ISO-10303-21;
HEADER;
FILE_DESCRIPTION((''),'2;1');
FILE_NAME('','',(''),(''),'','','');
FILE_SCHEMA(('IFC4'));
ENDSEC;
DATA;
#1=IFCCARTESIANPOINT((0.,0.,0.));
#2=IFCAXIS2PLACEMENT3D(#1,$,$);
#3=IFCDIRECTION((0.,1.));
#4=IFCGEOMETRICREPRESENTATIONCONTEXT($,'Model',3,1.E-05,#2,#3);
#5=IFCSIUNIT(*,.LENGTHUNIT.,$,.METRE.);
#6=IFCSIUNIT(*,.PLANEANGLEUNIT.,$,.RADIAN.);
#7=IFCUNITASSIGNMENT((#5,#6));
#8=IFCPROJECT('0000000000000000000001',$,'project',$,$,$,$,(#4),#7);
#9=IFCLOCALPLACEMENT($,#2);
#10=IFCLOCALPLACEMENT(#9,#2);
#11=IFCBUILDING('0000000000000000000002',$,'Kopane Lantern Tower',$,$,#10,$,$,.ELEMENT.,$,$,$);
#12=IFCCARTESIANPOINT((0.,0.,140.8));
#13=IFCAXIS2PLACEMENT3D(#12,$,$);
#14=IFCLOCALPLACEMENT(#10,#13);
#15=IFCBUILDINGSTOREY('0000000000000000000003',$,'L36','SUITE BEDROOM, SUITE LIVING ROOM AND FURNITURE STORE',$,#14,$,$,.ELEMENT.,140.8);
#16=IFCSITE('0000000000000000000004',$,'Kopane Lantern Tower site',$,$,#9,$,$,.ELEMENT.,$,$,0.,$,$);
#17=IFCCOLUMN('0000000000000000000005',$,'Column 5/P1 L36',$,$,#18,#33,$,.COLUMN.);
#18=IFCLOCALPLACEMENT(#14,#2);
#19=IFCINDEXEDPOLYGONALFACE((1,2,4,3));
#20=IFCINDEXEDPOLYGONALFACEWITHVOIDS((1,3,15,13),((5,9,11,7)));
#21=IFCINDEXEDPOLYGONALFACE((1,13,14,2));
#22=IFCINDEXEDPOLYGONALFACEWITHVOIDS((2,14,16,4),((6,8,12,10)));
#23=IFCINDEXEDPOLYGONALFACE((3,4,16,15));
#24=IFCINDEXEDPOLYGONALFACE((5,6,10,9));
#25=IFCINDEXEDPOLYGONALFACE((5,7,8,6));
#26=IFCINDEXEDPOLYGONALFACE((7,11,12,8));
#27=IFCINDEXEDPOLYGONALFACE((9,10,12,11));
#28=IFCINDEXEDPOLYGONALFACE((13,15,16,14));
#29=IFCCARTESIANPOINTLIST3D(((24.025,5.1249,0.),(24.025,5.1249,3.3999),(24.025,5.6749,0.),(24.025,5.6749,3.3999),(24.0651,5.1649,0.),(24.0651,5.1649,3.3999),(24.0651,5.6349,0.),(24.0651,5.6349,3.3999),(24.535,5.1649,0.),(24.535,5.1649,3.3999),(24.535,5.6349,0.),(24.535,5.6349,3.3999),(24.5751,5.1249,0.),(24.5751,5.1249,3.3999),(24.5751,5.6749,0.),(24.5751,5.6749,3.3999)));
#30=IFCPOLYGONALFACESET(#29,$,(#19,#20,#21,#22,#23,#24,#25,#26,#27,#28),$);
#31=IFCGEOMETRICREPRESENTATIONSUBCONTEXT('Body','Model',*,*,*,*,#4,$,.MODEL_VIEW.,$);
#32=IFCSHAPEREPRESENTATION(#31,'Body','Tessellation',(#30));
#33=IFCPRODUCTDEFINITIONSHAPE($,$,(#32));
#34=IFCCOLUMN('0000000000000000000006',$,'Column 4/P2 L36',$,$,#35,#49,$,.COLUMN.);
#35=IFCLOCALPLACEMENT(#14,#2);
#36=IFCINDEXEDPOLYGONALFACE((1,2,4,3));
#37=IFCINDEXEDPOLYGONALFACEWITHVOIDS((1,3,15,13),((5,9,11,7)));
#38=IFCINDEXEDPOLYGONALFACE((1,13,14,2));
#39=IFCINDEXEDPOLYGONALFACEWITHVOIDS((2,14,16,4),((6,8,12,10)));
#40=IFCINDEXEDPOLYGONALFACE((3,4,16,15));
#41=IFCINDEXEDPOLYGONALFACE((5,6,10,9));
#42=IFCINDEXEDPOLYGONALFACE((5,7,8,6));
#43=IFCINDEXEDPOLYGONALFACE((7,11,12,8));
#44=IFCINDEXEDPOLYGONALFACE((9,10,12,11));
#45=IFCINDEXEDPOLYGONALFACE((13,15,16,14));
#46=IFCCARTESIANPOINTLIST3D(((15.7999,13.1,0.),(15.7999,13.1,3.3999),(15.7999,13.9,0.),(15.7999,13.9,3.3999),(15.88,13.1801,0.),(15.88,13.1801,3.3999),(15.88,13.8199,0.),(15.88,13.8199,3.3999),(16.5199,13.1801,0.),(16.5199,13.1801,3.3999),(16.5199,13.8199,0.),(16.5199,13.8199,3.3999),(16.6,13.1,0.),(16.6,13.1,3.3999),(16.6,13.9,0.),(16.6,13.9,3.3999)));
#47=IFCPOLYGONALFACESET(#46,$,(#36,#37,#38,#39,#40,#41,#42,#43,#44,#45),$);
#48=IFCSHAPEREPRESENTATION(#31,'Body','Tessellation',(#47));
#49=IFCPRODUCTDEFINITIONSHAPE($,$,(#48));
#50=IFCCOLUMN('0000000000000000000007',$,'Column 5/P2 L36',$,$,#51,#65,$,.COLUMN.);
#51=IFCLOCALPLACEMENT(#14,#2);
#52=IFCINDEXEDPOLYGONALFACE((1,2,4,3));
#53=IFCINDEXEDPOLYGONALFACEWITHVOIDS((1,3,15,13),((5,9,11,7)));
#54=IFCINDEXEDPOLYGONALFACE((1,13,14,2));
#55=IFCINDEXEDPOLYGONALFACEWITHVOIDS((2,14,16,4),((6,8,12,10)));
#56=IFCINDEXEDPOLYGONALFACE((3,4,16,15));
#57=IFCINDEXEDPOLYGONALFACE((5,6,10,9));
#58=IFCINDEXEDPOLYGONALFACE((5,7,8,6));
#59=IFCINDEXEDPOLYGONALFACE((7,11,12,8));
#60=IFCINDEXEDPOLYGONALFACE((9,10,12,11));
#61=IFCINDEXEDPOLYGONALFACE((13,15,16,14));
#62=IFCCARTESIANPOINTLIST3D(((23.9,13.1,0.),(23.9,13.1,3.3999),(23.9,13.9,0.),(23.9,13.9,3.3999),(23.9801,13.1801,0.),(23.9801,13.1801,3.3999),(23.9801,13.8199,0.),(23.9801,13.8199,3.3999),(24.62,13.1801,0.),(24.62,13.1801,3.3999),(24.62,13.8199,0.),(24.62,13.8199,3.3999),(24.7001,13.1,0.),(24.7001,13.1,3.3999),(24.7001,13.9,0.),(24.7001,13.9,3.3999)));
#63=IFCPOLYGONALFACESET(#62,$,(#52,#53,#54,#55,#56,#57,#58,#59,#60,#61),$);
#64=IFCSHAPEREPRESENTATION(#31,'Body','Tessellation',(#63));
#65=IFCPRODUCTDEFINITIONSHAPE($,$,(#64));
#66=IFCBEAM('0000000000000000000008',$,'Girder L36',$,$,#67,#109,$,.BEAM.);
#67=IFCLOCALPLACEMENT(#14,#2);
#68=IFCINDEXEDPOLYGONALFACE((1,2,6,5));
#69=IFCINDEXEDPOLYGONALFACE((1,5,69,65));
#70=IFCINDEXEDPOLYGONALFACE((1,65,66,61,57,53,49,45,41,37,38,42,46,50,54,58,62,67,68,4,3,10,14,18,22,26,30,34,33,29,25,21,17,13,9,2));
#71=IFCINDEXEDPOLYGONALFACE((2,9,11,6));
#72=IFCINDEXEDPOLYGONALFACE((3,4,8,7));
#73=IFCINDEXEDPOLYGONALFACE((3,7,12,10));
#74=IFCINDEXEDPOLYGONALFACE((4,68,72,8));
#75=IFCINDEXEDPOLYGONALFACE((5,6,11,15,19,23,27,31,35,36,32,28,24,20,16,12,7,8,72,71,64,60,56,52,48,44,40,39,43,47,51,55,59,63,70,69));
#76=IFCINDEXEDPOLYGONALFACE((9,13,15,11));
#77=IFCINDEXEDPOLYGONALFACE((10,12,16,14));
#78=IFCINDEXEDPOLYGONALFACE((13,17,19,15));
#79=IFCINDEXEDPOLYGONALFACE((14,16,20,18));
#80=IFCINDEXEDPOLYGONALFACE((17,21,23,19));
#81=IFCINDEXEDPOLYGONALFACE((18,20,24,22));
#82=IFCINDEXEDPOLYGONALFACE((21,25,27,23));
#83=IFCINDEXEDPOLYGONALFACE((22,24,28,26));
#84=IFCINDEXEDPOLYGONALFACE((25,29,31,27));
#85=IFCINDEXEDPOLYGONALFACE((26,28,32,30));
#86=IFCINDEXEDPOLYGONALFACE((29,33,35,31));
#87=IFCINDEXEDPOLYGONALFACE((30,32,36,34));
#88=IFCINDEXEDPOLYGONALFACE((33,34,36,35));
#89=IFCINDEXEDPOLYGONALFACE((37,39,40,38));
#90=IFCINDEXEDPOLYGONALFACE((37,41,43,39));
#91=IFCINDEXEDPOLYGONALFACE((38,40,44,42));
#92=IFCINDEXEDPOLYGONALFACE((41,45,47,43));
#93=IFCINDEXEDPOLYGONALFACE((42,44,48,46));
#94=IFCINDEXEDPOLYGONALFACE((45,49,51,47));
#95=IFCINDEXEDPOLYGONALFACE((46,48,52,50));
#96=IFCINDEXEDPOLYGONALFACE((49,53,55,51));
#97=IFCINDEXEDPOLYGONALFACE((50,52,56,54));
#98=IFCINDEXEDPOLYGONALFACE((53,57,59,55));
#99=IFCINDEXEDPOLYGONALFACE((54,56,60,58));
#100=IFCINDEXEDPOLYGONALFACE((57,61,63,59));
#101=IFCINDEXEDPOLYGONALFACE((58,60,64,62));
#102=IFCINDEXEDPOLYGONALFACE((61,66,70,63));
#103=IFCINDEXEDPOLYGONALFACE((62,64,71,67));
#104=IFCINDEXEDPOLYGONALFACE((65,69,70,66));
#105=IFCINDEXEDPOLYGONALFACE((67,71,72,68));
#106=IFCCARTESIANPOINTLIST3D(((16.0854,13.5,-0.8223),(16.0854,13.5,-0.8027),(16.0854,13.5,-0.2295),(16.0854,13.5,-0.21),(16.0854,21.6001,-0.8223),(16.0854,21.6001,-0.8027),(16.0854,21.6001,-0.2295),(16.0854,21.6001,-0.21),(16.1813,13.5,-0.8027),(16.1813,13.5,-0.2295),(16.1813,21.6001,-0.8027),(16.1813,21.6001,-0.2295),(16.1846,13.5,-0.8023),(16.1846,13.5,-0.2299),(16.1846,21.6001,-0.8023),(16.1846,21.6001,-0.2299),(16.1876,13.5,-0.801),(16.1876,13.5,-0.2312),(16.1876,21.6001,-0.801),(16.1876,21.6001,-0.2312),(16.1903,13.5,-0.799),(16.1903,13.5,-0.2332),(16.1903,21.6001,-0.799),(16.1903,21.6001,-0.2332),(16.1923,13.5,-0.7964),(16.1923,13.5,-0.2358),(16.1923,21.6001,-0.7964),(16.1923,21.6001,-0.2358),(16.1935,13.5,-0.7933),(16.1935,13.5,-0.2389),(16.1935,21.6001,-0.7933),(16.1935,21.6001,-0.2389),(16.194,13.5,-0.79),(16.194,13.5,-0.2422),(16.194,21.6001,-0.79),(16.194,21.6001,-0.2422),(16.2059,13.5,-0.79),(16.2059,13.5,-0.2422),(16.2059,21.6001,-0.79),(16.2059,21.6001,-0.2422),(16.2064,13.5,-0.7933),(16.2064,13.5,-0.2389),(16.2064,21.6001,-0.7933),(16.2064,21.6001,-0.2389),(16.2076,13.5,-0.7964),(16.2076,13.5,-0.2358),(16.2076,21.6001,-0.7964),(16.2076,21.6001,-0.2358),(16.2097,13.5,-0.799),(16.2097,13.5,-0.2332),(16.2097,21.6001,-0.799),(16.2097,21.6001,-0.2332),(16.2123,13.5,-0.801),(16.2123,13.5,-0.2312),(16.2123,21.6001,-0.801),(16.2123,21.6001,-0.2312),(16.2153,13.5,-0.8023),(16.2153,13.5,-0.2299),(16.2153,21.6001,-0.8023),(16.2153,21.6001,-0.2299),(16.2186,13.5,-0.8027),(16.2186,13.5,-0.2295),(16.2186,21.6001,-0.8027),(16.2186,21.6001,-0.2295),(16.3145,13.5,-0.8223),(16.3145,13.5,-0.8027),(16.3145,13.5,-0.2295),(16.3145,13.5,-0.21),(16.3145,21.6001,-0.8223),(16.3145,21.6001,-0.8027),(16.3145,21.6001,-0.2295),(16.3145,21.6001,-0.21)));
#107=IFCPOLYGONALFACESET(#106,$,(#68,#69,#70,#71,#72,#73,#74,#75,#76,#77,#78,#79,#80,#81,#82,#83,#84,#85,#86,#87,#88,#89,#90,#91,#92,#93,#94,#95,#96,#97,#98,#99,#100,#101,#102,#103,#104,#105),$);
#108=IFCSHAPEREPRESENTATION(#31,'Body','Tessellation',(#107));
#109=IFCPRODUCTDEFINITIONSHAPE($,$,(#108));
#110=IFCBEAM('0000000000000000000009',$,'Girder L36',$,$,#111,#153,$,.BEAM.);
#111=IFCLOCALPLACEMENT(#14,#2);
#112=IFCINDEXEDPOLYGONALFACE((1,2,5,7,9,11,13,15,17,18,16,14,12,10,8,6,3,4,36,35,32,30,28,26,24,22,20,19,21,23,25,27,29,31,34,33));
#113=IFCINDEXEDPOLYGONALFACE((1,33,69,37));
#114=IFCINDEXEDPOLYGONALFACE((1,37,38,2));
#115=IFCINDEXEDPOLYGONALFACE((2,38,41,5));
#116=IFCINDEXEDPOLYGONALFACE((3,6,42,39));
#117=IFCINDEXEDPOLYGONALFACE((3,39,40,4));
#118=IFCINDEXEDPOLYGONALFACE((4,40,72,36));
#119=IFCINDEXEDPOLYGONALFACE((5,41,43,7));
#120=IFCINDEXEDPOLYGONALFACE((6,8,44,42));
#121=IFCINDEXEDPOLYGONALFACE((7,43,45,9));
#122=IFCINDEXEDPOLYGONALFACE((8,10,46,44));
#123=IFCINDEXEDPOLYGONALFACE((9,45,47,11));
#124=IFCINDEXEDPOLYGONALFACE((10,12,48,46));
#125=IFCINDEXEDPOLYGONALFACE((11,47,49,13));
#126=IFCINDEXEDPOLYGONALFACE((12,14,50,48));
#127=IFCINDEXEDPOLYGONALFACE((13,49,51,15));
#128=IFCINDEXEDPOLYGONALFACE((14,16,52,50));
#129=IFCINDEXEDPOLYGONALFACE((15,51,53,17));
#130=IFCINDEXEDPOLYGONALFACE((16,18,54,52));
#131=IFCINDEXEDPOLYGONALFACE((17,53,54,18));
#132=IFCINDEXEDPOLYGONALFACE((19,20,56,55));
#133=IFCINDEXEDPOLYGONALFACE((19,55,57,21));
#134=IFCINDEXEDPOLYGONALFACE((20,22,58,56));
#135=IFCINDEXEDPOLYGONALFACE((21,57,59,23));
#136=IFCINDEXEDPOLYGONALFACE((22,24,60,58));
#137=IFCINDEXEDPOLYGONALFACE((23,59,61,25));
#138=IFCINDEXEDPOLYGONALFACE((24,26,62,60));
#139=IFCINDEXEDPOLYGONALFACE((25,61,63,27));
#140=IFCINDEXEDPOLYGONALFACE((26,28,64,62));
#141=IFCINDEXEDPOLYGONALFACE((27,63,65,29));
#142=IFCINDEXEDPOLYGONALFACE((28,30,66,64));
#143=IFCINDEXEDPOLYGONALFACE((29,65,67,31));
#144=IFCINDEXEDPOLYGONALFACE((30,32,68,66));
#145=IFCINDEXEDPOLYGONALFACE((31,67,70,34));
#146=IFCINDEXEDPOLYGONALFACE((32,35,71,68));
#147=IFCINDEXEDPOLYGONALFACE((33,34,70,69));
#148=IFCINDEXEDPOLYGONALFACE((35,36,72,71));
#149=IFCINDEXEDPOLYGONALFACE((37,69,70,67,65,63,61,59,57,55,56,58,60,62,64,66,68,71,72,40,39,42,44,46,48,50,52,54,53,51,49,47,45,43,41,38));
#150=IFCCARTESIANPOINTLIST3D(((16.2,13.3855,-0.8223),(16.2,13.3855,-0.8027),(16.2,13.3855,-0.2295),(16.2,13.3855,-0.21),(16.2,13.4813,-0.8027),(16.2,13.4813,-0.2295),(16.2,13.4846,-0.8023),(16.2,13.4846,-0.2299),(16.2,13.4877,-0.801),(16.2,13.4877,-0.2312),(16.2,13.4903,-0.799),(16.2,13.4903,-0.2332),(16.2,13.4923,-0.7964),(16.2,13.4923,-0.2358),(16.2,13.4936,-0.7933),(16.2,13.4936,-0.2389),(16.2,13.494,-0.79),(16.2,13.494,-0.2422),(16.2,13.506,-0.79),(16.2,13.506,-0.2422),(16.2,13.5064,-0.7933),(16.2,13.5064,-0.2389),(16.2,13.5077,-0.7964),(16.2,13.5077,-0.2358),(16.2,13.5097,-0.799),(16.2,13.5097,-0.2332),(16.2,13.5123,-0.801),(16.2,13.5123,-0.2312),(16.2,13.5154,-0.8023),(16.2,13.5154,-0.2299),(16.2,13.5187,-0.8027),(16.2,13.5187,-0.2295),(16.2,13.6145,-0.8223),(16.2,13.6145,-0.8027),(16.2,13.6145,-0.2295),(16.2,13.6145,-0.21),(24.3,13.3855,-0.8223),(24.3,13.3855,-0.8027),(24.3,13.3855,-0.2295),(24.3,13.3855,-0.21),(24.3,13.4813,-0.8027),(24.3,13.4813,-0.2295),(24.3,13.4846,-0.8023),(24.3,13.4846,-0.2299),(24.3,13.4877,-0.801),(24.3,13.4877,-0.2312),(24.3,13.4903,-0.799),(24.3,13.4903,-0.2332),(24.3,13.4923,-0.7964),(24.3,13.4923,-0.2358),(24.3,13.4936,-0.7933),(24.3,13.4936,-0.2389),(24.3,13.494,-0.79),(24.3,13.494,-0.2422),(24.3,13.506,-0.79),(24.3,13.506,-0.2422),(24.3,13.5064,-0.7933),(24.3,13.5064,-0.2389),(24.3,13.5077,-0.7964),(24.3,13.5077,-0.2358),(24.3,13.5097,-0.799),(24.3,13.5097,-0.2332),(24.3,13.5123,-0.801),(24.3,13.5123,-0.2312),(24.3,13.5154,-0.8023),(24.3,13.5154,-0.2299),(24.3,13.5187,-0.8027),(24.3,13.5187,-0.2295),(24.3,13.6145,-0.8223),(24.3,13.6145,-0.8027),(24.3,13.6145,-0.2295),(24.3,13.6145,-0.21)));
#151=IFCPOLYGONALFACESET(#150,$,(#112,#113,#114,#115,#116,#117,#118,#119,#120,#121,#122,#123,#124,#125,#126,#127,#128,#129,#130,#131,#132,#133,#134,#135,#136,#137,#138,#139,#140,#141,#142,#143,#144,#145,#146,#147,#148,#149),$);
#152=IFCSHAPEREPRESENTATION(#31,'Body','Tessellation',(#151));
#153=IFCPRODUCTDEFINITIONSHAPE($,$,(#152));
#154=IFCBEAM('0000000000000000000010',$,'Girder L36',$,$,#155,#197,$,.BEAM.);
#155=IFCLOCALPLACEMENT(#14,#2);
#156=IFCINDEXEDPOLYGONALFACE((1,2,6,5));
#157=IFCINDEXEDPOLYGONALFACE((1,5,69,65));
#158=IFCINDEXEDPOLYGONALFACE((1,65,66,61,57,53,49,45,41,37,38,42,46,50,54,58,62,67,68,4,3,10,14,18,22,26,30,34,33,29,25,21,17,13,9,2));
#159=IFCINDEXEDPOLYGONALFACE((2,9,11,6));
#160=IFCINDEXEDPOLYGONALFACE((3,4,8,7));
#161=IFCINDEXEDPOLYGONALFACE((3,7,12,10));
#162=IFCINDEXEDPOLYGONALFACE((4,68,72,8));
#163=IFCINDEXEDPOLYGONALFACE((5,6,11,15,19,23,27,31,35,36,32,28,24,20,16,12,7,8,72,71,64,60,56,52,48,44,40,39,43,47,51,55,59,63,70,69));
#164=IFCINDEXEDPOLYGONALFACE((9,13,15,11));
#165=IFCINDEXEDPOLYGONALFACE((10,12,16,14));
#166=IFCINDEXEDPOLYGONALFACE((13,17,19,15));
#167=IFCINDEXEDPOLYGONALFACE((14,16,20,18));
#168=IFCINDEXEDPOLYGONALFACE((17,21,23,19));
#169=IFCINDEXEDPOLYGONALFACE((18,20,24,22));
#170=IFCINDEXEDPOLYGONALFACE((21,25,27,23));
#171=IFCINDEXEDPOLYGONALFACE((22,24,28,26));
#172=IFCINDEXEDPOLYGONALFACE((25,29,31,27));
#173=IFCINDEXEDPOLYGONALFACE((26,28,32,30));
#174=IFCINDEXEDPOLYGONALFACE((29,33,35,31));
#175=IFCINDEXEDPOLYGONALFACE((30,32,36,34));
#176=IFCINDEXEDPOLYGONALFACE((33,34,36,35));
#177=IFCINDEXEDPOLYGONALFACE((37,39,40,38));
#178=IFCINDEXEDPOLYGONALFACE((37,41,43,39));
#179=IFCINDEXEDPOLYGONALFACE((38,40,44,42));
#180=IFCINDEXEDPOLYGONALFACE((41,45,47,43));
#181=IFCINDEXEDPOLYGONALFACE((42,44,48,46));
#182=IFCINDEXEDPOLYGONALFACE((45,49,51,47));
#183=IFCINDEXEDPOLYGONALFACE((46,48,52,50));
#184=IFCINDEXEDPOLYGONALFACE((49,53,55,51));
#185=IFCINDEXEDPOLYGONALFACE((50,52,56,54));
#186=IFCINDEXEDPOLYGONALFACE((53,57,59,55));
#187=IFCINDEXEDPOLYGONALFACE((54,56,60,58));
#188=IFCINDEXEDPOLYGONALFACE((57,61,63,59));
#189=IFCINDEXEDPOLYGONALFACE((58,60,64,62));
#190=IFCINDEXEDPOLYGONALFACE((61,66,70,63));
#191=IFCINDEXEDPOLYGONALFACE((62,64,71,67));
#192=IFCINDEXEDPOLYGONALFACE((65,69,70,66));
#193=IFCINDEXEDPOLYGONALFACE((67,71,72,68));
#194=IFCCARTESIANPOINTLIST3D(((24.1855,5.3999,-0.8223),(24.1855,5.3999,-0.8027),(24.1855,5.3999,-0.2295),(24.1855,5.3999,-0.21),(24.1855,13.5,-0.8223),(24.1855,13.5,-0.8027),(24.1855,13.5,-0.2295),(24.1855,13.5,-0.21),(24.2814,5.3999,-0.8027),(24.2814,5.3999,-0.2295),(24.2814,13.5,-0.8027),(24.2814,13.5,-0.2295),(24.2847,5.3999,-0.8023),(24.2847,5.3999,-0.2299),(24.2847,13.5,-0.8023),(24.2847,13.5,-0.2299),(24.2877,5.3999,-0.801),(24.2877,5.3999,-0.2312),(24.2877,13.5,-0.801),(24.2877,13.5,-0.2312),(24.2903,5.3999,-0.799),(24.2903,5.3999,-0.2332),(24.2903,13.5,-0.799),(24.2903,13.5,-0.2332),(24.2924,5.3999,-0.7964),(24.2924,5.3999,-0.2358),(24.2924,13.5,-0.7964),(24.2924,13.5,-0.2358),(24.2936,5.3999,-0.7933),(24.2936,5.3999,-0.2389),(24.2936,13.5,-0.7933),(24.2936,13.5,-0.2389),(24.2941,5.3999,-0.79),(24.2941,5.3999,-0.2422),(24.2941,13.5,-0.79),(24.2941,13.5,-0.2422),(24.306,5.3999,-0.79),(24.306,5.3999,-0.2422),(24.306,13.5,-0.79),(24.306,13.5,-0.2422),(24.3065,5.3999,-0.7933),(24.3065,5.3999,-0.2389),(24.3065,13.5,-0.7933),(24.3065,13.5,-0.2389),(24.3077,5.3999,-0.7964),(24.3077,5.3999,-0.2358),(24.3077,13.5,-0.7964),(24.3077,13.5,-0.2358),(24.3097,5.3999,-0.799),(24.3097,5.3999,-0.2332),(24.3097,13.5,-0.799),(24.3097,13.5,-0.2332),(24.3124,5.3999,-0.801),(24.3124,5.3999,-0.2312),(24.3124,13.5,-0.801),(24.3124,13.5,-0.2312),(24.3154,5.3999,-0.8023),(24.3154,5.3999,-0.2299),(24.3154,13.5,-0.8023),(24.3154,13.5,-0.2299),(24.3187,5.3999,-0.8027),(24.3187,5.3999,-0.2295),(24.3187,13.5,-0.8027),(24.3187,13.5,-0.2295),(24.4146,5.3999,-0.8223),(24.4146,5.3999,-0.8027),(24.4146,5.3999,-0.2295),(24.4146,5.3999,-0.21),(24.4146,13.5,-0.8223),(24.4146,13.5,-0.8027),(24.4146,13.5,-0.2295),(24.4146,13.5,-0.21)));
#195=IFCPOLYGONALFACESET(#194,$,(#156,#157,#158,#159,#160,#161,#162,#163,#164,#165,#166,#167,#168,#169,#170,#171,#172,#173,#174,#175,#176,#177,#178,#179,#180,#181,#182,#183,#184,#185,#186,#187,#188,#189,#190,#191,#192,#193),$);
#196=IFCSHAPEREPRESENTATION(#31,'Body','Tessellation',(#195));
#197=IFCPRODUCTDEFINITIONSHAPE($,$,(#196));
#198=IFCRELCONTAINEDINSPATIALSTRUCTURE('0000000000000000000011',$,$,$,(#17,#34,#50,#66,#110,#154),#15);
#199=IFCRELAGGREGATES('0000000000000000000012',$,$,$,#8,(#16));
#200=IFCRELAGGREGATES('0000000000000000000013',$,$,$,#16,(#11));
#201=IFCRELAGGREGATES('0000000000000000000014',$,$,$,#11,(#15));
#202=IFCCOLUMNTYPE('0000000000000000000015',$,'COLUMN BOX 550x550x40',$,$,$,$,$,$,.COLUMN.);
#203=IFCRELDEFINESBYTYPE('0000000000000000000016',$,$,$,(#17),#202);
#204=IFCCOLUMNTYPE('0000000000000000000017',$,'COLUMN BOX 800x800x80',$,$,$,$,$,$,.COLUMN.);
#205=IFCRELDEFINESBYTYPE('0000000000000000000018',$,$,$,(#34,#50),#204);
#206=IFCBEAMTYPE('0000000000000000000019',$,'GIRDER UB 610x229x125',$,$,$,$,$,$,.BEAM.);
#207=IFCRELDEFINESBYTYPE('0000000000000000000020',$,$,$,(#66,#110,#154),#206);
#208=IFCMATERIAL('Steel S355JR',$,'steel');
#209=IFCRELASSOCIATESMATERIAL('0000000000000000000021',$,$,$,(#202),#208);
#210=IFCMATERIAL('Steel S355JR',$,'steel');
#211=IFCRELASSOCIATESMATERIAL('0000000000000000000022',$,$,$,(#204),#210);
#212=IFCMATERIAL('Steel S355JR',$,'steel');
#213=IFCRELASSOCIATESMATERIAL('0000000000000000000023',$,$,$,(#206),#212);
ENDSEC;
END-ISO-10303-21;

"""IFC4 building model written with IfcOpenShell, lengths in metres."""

from ifc_helpers import new_model, si_unit, direction, frame, origin, origin_2d, place, context, subcontext, project, spatial, hollow_rectangle, i_section, extrude, material, material_profile, profile_set, type_object, element, save


model = new_model("IFC4")

# Units and contexts
model_context = context("Model", 3, precision=1e-05, world=origin(), true_north=direction((0.0, 1.0)))
body_context = subcontext(model_context, "Body", "Model", "MODEL_VIEW")
ifc_project = project(units=[si_unit("LENGTHUNIT", "METRE"), si_unit("PLANEANGLEUNIT", "RADIAN")], contexts=[model_context])

# Site, building, storey
site_placement = place(None, origin())
site = spatial("IfcSite", under=ifc_project, at=site_placement, Name="Kopane Lantern Tower site", CompositionType="ELEMENT", RefElevation=0.0)
building_placement = place(site_placement, origin())
building = spatial("IfcBuilding", under=site, at=building_placement, Name="Kopane Lantern Tower", CompositionType="ELEMENT")
storey_placement = place(building_placement, frame((0.0, 0.0, 140.8)))
storey = spatial("IfcBuildingStorey", under=building, at=storey_placement, Name="L36", Description="SUITE BEDROOM, SUITE LIVING ROOM AND FURNITURE STORE", CompositionType="ELEMENT", Elevation=140.8)

# Columns
ifc_material_1 = material(Name="Steel S355JR", Category="steel")
ifc_material_profile_1 = material_profile(ifc_material_1, hollow_rectangle(XDim=0.55, YDim=0.55, WallThickness=0.04, at=origin_2d()), Name="BOX 550x550x40")
ifc_profile_set_1 = profile_set([ifc_material_profile_1], Name="Steel S355JR")
column_type_1 = type_object("IfcColumnType", Name="COLUMN BOX 550x550x40", PredefinedType="COLUMN", material=ifc_profile_set_1)
column_placement = place(storey_placement, frame((24.3, 5.3999, 0.0), z_axis=(0.0, 0.0, 1.0), x_axis=(1.0, 0.0, 0.0)))
element("IfcColumn", 1, at=column_placement, inside=storey, type_object=column_type_1, Name="Column 5/P1 L36", PredefinedType="COLUMN", context=body_context, shape_type="SweptSolid", body=[
    extrude(hollow_rectangle(XDim=0.55, YDim=0.55, WallThickness=0.04, at=origin_2d()), origin(), (0.0, 0.0, 1.0), 3.3999),
])
ifc_material_2 = material(Name="Steel S355JR", Category="steel")
ifc_material_profile_2 = material_profile(ifc_material_2, hollow_rectangle(XDim=0.8, YDim=0.8, WallThickness=0.0801, at=origin_2d()), Name="BOX 800x800x80")
ifc_profile_set_2 = profile_set([ifc_material_profile_2], Name="Steel S355JR")
column_type_2 = type_object("IfcColumnType", Name="COLUMN BOX 800x800x80", PredefinedType="COLUMN", material=ifc_profile_set_2)
for number, where, z_axis, x_axis, name in (
    (2, (16.2, 13.5, 0.0), (0.0, 0.0, 1.0), (1.0, 0.0, 0.0), "Column 4/P2 L36"),
    (3, (24.3, 13.5, 0.0), (0.0, 0.0, 1.0), (1.0, 0.0, 0.0), "Column 5/P2 L36"),
):
    element("IfcColumn", number, at=place(storey_placement, frame(where, z_axis=z_axis, x_axis=x_axis)), inside=storey, type_object=column_type_2, Name=name, PredefinedType="COLUMN", context=body_context, shape_type="SweptSolid", body=[
        extrude(hollow_rectangle(XDim=0.8, YDim=0.8, WallThickness=0.0801, at=origin_2d()), origin(), (0.0, 0.0, 1.0), 3.3999),
    ])

# Beams
ifc_material_3 = material(Name="Steel S355JR", Category="steel")
ifc_material_profile_3 = material_profile(ifc_material_3, i_section(OverallWidth=0.229, OverallDepth=0.6123, WebThickness=0.012, FlangeThickness=0.0195, FilletRadius=0.0127, at=origin_2d()), Name="UB 610x229x125")
ifc_profile_set_3 = profile_set([ifc_material_profile_3], Name="Steel S355JR")
beam_type = type_object("IfcBeamType", Name="GIRDER UB 610x229x125", PredefinedType="BEAM", material=ifc_profile_set_3)
for number, where, z_axis, x_axis, name in (
    (4, (16.2, 13.5, -0.5161), (0.0, 1.0, 0.0), (-1.0, 0.0, 0.0), "Girder L36"),
    (5, (16.2, 13.5, -0.5161), (1.0, 0.0, 0.0), (0.0, 1.0, 0.0), "Girder L36"),
    (6, (24.3, 5.3999, -0.5161), (0.0, 1.0, 0.0), (-1.0, 0.0, 0.0), "Girder L36"),
):
    element("IfcBeam", number, at=place(storey_placement, frame(where, z_axis=z_axis, x_axis=x_axis)), inside=storey, type_object=beam_type, Name=name, PredefinedType="BEAM", context=body_context, shape_type="SweptSolid", body=[
        extrude(i_section(OverallWidth=0.229, OverallDepth=0.6123, WebThickness=0.012, FlangeThickness=0.0195, FilletRadius=0.0127, at=origin_2d()), origin(), (0.0, 0.0, 1.0), 8.1001),
    ])

save(model, "model.ifc")
